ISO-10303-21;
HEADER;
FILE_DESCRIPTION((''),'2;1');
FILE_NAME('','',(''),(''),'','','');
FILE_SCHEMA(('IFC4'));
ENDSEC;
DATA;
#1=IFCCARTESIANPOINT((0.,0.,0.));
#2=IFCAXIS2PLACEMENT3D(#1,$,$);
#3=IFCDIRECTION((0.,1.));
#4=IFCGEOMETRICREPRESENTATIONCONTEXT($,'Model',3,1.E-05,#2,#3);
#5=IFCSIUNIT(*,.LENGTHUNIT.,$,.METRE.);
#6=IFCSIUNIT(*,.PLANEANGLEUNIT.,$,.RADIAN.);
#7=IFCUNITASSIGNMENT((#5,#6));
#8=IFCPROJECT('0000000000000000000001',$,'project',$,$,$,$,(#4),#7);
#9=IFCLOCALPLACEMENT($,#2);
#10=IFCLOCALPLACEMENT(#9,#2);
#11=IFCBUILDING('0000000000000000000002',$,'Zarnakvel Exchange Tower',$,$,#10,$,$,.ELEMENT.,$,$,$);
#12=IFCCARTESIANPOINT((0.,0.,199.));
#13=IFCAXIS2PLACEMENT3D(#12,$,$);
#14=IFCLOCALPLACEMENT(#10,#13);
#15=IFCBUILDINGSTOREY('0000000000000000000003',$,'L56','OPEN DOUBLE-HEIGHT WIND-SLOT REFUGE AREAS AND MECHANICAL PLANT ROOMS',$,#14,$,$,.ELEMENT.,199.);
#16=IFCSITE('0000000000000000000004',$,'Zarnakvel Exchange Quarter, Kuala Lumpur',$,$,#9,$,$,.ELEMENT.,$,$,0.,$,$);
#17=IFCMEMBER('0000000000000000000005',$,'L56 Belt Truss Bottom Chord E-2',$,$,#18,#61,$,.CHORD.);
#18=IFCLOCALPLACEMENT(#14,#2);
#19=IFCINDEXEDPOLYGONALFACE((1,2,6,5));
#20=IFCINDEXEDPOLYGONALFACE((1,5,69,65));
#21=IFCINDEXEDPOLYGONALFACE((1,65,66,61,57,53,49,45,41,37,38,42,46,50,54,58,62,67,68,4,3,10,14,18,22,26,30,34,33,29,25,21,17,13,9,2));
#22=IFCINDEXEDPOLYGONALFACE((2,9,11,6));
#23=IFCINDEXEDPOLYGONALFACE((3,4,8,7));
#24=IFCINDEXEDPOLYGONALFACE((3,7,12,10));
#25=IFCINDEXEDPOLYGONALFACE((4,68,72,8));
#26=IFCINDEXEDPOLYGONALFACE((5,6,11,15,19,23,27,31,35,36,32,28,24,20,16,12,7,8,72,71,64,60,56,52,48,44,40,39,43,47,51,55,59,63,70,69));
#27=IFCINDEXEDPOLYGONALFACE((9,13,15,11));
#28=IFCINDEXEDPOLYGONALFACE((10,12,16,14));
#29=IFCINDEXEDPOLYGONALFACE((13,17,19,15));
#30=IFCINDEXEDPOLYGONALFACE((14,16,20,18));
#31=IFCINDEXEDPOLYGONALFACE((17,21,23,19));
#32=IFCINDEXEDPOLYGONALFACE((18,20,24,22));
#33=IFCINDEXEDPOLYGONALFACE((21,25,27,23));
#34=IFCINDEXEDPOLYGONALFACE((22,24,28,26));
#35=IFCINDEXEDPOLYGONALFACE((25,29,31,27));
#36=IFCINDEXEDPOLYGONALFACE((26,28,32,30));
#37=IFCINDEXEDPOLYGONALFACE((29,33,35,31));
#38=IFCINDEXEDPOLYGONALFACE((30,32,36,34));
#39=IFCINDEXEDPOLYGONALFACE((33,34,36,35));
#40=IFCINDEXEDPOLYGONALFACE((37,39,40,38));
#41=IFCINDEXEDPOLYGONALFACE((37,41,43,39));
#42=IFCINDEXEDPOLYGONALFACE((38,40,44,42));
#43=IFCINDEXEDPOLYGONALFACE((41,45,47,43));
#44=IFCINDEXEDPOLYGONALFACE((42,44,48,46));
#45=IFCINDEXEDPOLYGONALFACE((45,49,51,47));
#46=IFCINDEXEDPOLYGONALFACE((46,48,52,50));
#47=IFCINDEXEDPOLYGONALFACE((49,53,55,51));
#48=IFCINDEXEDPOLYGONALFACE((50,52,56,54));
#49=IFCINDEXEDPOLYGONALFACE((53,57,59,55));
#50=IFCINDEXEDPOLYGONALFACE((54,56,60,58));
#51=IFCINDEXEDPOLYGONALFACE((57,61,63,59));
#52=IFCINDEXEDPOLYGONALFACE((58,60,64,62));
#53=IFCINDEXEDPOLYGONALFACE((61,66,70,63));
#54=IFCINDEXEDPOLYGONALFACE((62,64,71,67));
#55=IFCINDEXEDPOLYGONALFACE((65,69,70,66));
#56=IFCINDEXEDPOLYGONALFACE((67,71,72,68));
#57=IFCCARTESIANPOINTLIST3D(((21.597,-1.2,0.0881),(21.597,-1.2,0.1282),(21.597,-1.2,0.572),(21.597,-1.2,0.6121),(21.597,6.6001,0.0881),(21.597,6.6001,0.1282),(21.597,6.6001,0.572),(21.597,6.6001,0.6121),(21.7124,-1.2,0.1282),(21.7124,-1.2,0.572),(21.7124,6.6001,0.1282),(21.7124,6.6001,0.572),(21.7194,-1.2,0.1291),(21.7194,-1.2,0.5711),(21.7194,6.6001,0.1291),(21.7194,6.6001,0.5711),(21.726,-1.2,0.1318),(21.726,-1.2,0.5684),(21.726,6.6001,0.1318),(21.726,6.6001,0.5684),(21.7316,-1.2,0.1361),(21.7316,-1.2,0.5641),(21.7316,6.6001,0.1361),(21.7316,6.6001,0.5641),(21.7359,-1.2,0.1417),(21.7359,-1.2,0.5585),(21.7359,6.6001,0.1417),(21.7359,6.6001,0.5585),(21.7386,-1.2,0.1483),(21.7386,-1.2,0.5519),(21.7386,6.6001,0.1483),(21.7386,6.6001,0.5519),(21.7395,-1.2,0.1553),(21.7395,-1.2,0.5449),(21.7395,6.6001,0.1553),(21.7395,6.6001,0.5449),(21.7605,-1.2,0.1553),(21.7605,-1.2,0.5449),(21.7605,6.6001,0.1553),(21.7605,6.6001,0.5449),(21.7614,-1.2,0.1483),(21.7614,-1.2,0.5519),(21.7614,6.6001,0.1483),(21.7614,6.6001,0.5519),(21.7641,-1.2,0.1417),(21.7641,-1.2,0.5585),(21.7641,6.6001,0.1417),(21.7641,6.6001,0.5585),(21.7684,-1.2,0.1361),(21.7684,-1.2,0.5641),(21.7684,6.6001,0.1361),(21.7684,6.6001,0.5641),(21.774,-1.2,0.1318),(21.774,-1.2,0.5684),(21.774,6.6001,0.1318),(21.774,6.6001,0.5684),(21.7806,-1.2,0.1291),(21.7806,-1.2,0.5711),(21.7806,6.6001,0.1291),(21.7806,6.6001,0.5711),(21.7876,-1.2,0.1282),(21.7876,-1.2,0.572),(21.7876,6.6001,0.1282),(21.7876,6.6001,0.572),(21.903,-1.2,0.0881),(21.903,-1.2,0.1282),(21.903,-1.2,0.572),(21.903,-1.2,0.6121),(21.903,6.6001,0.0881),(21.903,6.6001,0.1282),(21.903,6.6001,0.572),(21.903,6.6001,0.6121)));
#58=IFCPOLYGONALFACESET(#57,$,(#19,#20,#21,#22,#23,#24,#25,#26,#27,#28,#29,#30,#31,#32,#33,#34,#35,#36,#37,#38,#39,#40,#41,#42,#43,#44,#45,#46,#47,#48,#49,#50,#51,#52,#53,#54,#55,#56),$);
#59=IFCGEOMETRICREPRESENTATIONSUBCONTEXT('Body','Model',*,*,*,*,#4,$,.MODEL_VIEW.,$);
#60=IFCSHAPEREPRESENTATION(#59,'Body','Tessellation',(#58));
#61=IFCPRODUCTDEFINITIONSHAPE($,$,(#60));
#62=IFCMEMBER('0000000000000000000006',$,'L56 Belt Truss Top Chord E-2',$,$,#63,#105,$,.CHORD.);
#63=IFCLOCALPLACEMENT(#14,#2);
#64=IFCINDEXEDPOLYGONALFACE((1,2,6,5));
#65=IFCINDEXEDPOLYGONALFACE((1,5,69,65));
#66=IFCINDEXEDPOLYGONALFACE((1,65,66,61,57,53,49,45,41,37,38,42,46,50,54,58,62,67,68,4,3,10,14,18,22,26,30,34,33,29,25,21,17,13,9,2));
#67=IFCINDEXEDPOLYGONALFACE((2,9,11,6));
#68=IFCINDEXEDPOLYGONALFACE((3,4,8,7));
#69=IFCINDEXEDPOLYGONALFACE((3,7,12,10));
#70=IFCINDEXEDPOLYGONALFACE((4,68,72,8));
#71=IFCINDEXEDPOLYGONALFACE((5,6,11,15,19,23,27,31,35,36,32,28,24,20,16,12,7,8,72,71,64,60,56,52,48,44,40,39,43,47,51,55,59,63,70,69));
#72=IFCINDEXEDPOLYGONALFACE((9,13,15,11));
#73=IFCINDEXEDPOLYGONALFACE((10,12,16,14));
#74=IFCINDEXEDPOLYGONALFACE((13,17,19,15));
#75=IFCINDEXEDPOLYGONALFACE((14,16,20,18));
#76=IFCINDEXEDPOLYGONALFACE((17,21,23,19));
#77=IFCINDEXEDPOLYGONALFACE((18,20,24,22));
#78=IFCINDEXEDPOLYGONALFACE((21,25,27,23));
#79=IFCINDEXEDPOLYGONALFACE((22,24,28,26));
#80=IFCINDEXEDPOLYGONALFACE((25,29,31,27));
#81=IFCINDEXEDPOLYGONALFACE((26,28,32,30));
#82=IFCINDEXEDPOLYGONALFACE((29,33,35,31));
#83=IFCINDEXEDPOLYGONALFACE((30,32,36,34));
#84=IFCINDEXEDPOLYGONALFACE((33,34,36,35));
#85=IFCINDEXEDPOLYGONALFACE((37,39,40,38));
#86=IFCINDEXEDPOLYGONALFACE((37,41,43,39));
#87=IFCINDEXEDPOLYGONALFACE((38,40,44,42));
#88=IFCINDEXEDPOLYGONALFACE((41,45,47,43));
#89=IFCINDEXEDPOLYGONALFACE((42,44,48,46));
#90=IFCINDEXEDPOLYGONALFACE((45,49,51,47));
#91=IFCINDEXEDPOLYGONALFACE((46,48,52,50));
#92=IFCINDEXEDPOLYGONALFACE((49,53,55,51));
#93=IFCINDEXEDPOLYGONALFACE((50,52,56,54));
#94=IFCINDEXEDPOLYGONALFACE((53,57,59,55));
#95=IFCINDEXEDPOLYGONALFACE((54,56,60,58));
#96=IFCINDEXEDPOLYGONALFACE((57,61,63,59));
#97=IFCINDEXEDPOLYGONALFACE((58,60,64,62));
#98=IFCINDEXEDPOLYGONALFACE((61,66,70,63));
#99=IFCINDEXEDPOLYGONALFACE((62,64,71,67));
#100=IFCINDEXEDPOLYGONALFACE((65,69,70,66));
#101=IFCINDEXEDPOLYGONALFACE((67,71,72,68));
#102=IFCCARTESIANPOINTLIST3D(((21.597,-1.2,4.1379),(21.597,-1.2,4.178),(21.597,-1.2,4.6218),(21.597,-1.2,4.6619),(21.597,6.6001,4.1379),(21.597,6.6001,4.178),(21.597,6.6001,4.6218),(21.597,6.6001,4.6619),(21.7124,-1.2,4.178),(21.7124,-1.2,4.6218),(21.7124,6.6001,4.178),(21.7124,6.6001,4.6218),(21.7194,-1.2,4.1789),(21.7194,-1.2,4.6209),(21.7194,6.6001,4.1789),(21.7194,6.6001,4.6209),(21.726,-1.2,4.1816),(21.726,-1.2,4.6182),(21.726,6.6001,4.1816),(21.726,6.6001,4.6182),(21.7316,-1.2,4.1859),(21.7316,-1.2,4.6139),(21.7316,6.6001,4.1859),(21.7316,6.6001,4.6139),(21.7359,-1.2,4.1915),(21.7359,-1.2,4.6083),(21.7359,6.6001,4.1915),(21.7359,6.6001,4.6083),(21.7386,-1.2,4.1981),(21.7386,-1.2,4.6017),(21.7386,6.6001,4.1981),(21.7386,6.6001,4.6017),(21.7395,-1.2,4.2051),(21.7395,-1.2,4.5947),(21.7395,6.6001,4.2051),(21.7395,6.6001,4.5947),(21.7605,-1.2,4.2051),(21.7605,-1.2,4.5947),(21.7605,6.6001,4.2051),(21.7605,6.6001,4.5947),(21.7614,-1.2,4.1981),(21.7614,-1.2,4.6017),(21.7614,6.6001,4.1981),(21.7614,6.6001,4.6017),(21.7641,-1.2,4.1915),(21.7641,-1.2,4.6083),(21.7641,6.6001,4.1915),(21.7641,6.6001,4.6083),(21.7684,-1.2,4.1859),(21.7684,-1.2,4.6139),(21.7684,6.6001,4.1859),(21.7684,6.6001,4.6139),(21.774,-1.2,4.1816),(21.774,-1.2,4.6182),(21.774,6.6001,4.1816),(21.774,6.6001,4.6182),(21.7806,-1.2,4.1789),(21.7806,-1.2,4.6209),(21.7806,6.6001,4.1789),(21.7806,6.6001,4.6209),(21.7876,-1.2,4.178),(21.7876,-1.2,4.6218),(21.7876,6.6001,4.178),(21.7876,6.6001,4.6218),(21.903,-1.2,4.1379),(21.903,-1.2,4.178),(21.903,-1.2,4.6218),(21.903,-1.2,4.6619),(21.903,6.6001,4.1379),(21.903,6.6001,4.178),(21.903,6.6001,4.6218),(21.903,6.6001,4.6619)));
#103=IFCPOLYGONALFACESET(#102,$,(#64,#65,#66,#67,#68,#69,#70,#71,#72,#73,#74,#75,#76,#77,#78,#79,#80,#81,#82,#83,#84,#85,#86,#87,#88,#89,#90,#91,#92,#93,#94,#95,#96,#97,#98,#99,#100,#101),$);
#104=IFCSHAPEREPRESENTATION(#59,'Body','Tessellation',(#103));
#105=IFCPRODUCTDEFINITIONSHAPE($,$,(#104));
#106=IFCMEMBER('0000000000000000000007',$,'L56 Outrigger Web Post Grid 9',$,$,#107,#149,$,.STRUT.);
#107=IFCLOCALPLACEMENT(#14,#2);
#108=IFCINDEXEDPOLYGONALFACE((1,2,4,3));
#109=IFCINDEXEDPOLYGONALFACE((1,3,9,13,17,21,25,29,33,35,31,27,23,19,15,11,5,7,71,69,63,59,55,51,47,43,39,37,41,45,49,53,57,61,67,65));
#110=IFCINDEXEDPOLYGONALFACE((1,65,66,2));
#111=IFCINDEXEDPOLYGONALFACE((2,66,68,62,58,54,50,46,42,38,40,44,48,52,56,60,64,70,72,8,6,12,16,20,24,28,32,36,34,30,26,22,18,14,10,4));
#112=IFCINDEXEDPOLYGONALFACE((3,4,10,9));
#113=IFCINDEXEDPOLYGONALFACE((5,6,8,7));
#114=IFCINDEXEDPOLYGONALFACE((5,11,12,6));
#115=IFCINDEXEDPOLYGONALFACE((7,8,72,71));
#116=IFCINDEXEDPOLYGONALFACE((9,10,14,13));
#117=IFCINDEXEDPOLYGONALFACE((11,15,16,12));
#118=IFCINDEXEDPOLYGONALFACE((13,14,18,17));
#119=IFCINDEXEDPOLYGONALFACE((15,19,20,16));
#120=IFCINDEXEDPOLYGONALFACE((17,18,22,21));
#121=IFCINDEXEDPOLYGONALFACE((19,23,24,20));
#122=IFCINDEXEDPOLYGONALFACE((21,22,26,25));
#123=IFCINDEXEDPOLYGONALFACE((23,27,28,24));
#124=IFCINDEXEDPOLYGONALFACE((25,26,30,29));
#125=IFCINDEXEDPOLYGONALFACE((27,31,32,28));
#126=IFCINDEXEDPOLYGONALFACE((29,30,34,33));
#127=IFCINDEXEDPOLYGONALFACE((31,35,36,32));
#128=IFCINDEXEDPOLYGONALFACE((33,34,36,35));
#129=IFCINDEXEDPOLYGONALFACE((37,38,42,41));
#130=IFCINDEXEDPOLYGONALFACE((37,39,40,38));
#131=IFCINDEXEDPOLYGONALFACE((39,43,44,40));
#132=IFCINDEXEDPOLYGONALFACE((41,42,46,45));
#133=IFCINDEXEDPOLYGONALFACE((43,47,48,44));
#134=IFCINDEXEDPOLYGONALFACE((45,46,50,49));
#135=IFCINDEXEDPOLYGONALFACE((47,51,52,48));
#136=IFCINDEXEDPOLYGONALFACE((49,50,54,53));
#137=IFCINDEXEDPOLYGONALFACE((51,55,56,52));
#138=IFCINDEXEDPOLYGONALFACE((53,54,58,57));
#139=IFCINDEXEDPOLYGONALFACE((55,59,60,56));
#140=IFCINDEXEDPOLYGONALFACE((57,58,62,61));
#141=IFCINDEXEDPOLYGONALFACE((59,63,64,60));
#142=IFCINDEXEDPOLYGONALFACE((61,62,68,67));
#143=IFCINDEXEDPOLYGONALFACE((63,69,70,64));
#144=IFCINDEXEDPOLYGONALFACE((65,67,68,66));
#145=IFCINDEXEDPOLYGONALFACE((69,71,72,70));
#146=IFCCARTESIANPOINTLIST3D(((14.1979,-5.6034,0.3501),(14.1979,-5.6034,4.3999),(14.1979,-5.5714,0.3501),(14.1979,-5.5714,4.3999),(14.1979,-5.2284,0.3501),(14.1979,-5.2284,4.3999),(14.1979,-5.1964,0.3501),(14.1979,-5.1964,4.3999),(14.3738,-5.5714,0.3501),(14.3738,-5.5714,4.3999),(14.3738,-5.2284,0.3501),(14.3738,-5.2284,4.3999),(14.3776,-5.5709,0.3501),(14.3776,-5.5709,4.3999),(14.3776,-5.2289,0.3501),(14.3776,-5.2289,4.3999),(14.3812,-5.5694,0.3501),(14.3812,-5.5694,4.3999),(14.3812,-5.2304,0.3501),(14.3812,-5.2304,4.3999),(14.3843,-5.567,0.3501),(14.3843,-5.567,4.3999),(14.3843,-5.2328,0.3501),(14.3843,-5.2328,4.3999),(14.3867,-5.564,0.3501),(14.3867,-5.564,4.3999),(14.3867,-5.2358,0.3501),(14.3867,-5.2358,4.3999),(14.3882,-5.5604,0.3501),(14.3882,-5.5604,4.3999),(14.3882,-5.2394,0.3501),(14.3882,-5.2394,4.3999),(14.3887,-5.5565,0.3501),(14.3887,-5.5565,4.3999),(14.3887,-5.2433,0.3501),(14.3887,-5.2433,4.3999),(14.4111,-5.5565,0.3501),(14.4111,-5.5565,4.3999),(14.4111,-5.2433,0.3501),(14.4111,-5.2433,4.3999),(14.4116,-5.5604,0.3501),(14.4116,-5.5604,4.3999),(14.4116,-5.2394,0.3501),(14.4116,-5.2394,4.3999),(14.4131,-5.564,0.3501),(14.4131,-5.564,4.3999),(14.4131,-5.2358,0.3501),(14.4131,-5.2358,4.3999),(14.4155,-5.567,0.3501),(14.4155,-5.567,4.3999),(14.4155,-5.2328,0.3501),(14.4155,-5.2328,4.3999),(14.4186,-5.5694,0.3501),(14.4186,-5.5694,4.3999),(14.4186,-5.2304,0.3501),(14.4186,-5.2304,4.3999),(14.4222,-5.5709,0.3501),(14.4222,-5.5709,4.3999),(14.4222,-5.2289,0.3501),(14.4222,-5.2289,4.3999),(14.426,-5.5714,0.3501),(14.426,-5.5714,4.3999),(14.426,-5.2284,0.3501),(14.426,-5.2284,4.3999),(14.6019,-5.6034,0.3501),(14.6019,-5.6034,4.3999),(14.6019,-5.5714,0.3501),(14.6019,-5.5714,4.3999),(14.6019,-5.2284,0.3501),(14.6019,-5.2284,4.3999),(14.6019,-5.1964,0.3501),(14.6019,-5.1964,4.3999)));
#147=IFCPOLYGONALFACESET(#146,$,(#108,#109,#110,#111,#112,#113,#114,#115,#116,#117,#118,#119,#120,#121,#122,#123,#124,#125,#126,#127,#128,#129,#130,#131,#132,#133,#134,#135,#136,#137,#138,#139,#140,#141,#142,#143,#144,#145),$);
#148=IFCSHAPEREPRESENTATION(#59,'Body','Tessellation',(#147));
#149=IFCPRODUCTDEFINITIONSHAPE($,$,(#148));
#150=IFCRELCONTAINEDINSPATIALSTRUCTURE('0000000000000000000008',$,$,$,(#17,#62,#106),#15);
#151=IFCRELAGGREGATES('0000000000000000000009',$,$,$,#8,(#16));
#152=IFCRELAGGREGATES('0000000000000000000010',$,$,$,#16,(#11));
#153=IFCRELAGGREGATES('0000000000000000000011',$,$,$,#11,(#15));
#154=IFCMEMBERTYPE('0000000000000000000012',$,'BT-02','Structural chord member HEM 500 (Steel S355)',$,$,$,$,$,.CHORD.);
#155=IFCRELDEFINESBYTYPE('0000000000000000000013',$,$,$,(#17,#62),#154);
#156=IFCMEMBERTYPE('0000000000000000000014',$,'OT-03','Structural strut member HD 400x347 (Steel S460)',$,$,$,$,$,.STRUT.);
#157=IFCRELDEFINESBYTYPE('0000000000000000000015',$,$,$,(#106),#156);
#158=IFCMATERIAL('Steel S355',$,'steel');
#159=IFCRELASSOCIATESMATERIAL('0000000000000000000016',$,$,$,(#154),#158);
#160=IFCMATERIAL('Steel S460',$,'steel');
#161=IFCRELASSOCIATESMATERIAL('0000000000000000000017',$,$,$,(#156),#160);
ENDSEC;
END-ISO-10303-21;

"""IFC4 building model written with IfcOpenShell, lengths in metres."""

from ifc_helpers import new_model, si_unit, direction, frame, origin, origin_2d, place, context, subcontext, project, spatial, i_section, extrude, source, transform, mapped, material, material_profile, profile_set, type_object, element, save


model = new_model("IFC4")

# Units and contexts
model_context = context("Model", 3, precision=1e-05, world=origin(), true_north=direction((0.0, 1.0)))
body_context = subcontext(model_context, "Body", "Model", "MODEL_VIEW")
ifc_project = project(units=[si_unit("LENGTHUNIT", "METRE"), si_unit("PLANEANGLEUNIT", "RADIAN")], contexts=[model_context])

# Site, building, storey
site_placement = place(None, origin())
site = spatial("IfcSite", under=ifc_project, at=site_placement, Name="Zarnakvel Exchange Quarter, Kuala Lumpur", CompositionType="ELEMENT", RefElevation=0.0)
building_placement = place(site_placement, origin())
building = spatial("IfcBuilding", under=site, at=building_placement, Name="Zarnakvel Exchange Tower", CompositionType="ELEMENT")
storey_placement = place(building_placement, frame((0.0, 0.0, 199.0)))
storey = spatial("IfcBuildingStorey", under=building, at=storey_placement, Name="L56", Description="OPEN DOUBLE-HEIGHT WIND-SLOT REFUGE AREAS AND MECHANICAL PLANT ROOMS", CompositionType="ELEMENT", Elevation=199.0)

# Shared definitions
ifc_material_1 = material(Name="Steel S355", Category="steel")

# Shared definitions
ifc_material_2 = material(Name="Steel S460", Category="steel")

# Members
ifc_material_profile_1 = material_profile(ifc_material_1, i_section(OverallWidth=0.3059, OverallDepth=0.5239, WebThickness=0.021, FlangeThickness=0.04, FilletRadius=0.0271, at=origin_2d()))
ifc_profile_set_1 = profile_set([ifc_material_profile_1], Name="Steel S355")
member_type_1 = type_object("IfcMemberType", Name="BT-02", Description="Structural chord member HEM 500 (Steel S355)", PredefinedType="CHORD", material=ifc_profile_set_1)
shared_shape_1 = source(origin(), body_context, "Body", "SweptSolid", [
    extrude(i_section(OverallWidth=0.3059, OverallDepth=0.5239, WebThickness=0.021, FlangeThickness=0.04, FilletRadius=0.0271, at=origin_2d()), origin(), (0.0, 0.0, 1.0), 7.8),
])
for number, where, z_axis, x_axis, name in (
    (1, (21.75, -1.2, 0.3501), (0.0, 1.0, 0.0), (-1.0, 0.0, 0.0), "L56 Belt Truss Bottom Chord E-2"),
    (2, (21.75, -1.2, 4.3999), (0.0, 1.0, 0.0), (-1.0, 0.0, 0.0), "L56 Belt Truss Top Chord E-2"),
):
    element("IfcMember", number, at=place(storey_placement, frame(where, z_axis=z_axis, x_axis=x_axis)), inside=storey, type_object=member_type_1, Name=name, PredefinedType="CHORD", context=body_context, shape_type="MappedRepresentation", body=[
        mapped(shared_shape_1, transform((0.0, 0.0, 0.0), x_axis=(1.0, 0.0, 0.0), y_axis=(0.0, 1.0, 0.0), z_axis=(0.0, 0.0, 1.0), scale=1.0)),
    ])
ifc_material_profile_2 = material_profile(ifc_material_2, i_section(OverallWidth=0.4041, OverallDepth=0.407, WebThickness=0.0225, FlangeThickness=0.032, FilletRadius=0.0149, at=origin_2d()))
ifc_profile_set_2 = profile_set([ifc_material_profile_2], Name="Steel S460")
member_type_2 = type_object("IfcMemberType", Name="OT-03", Description="Structural strut member HD 400x347 (Steel S460)", PredefinedType="STRUT", material=ifc_profile_set_2)
shared_shape_2 = source(origin(), body_context, "Body", "SweptSolid", [
    extrude(i_section(OverallWidth=0.4041, OverallDepth=0.407, WebThickness=0.0225, FlangeThickness=0.032, FilletRadius=0.0149, at=origin_2d()), origin(), (0.0, 0.0, 1.0), 4.0498),
])
member_1_placement = place(storey_placement, frame((14.3999, -5.3999, 0.3501), z_axis=(0.0, 0.0, 1.0), x_axis=(1.0, 0.0, 0.0)))
element("IfcMember", 3, at=member_1_placement, inside=storey, type_object=member_type_2, Name="L56 Outrigger Web Post Grid 9", PredefinedType="STRUT", context=body_context, shape_type="MappedRepresentation", body=[
    mapped(shared_shape_2, transform((0.0, 0.0, 0.0), x_axis=(1.0, 0.0, 0.0), y_axis=(0.0, 1.0, 0.0), z_axis=(0.0, 0.0, 1.0), scale=1.0)),
])

save(model, "model.ifc")
